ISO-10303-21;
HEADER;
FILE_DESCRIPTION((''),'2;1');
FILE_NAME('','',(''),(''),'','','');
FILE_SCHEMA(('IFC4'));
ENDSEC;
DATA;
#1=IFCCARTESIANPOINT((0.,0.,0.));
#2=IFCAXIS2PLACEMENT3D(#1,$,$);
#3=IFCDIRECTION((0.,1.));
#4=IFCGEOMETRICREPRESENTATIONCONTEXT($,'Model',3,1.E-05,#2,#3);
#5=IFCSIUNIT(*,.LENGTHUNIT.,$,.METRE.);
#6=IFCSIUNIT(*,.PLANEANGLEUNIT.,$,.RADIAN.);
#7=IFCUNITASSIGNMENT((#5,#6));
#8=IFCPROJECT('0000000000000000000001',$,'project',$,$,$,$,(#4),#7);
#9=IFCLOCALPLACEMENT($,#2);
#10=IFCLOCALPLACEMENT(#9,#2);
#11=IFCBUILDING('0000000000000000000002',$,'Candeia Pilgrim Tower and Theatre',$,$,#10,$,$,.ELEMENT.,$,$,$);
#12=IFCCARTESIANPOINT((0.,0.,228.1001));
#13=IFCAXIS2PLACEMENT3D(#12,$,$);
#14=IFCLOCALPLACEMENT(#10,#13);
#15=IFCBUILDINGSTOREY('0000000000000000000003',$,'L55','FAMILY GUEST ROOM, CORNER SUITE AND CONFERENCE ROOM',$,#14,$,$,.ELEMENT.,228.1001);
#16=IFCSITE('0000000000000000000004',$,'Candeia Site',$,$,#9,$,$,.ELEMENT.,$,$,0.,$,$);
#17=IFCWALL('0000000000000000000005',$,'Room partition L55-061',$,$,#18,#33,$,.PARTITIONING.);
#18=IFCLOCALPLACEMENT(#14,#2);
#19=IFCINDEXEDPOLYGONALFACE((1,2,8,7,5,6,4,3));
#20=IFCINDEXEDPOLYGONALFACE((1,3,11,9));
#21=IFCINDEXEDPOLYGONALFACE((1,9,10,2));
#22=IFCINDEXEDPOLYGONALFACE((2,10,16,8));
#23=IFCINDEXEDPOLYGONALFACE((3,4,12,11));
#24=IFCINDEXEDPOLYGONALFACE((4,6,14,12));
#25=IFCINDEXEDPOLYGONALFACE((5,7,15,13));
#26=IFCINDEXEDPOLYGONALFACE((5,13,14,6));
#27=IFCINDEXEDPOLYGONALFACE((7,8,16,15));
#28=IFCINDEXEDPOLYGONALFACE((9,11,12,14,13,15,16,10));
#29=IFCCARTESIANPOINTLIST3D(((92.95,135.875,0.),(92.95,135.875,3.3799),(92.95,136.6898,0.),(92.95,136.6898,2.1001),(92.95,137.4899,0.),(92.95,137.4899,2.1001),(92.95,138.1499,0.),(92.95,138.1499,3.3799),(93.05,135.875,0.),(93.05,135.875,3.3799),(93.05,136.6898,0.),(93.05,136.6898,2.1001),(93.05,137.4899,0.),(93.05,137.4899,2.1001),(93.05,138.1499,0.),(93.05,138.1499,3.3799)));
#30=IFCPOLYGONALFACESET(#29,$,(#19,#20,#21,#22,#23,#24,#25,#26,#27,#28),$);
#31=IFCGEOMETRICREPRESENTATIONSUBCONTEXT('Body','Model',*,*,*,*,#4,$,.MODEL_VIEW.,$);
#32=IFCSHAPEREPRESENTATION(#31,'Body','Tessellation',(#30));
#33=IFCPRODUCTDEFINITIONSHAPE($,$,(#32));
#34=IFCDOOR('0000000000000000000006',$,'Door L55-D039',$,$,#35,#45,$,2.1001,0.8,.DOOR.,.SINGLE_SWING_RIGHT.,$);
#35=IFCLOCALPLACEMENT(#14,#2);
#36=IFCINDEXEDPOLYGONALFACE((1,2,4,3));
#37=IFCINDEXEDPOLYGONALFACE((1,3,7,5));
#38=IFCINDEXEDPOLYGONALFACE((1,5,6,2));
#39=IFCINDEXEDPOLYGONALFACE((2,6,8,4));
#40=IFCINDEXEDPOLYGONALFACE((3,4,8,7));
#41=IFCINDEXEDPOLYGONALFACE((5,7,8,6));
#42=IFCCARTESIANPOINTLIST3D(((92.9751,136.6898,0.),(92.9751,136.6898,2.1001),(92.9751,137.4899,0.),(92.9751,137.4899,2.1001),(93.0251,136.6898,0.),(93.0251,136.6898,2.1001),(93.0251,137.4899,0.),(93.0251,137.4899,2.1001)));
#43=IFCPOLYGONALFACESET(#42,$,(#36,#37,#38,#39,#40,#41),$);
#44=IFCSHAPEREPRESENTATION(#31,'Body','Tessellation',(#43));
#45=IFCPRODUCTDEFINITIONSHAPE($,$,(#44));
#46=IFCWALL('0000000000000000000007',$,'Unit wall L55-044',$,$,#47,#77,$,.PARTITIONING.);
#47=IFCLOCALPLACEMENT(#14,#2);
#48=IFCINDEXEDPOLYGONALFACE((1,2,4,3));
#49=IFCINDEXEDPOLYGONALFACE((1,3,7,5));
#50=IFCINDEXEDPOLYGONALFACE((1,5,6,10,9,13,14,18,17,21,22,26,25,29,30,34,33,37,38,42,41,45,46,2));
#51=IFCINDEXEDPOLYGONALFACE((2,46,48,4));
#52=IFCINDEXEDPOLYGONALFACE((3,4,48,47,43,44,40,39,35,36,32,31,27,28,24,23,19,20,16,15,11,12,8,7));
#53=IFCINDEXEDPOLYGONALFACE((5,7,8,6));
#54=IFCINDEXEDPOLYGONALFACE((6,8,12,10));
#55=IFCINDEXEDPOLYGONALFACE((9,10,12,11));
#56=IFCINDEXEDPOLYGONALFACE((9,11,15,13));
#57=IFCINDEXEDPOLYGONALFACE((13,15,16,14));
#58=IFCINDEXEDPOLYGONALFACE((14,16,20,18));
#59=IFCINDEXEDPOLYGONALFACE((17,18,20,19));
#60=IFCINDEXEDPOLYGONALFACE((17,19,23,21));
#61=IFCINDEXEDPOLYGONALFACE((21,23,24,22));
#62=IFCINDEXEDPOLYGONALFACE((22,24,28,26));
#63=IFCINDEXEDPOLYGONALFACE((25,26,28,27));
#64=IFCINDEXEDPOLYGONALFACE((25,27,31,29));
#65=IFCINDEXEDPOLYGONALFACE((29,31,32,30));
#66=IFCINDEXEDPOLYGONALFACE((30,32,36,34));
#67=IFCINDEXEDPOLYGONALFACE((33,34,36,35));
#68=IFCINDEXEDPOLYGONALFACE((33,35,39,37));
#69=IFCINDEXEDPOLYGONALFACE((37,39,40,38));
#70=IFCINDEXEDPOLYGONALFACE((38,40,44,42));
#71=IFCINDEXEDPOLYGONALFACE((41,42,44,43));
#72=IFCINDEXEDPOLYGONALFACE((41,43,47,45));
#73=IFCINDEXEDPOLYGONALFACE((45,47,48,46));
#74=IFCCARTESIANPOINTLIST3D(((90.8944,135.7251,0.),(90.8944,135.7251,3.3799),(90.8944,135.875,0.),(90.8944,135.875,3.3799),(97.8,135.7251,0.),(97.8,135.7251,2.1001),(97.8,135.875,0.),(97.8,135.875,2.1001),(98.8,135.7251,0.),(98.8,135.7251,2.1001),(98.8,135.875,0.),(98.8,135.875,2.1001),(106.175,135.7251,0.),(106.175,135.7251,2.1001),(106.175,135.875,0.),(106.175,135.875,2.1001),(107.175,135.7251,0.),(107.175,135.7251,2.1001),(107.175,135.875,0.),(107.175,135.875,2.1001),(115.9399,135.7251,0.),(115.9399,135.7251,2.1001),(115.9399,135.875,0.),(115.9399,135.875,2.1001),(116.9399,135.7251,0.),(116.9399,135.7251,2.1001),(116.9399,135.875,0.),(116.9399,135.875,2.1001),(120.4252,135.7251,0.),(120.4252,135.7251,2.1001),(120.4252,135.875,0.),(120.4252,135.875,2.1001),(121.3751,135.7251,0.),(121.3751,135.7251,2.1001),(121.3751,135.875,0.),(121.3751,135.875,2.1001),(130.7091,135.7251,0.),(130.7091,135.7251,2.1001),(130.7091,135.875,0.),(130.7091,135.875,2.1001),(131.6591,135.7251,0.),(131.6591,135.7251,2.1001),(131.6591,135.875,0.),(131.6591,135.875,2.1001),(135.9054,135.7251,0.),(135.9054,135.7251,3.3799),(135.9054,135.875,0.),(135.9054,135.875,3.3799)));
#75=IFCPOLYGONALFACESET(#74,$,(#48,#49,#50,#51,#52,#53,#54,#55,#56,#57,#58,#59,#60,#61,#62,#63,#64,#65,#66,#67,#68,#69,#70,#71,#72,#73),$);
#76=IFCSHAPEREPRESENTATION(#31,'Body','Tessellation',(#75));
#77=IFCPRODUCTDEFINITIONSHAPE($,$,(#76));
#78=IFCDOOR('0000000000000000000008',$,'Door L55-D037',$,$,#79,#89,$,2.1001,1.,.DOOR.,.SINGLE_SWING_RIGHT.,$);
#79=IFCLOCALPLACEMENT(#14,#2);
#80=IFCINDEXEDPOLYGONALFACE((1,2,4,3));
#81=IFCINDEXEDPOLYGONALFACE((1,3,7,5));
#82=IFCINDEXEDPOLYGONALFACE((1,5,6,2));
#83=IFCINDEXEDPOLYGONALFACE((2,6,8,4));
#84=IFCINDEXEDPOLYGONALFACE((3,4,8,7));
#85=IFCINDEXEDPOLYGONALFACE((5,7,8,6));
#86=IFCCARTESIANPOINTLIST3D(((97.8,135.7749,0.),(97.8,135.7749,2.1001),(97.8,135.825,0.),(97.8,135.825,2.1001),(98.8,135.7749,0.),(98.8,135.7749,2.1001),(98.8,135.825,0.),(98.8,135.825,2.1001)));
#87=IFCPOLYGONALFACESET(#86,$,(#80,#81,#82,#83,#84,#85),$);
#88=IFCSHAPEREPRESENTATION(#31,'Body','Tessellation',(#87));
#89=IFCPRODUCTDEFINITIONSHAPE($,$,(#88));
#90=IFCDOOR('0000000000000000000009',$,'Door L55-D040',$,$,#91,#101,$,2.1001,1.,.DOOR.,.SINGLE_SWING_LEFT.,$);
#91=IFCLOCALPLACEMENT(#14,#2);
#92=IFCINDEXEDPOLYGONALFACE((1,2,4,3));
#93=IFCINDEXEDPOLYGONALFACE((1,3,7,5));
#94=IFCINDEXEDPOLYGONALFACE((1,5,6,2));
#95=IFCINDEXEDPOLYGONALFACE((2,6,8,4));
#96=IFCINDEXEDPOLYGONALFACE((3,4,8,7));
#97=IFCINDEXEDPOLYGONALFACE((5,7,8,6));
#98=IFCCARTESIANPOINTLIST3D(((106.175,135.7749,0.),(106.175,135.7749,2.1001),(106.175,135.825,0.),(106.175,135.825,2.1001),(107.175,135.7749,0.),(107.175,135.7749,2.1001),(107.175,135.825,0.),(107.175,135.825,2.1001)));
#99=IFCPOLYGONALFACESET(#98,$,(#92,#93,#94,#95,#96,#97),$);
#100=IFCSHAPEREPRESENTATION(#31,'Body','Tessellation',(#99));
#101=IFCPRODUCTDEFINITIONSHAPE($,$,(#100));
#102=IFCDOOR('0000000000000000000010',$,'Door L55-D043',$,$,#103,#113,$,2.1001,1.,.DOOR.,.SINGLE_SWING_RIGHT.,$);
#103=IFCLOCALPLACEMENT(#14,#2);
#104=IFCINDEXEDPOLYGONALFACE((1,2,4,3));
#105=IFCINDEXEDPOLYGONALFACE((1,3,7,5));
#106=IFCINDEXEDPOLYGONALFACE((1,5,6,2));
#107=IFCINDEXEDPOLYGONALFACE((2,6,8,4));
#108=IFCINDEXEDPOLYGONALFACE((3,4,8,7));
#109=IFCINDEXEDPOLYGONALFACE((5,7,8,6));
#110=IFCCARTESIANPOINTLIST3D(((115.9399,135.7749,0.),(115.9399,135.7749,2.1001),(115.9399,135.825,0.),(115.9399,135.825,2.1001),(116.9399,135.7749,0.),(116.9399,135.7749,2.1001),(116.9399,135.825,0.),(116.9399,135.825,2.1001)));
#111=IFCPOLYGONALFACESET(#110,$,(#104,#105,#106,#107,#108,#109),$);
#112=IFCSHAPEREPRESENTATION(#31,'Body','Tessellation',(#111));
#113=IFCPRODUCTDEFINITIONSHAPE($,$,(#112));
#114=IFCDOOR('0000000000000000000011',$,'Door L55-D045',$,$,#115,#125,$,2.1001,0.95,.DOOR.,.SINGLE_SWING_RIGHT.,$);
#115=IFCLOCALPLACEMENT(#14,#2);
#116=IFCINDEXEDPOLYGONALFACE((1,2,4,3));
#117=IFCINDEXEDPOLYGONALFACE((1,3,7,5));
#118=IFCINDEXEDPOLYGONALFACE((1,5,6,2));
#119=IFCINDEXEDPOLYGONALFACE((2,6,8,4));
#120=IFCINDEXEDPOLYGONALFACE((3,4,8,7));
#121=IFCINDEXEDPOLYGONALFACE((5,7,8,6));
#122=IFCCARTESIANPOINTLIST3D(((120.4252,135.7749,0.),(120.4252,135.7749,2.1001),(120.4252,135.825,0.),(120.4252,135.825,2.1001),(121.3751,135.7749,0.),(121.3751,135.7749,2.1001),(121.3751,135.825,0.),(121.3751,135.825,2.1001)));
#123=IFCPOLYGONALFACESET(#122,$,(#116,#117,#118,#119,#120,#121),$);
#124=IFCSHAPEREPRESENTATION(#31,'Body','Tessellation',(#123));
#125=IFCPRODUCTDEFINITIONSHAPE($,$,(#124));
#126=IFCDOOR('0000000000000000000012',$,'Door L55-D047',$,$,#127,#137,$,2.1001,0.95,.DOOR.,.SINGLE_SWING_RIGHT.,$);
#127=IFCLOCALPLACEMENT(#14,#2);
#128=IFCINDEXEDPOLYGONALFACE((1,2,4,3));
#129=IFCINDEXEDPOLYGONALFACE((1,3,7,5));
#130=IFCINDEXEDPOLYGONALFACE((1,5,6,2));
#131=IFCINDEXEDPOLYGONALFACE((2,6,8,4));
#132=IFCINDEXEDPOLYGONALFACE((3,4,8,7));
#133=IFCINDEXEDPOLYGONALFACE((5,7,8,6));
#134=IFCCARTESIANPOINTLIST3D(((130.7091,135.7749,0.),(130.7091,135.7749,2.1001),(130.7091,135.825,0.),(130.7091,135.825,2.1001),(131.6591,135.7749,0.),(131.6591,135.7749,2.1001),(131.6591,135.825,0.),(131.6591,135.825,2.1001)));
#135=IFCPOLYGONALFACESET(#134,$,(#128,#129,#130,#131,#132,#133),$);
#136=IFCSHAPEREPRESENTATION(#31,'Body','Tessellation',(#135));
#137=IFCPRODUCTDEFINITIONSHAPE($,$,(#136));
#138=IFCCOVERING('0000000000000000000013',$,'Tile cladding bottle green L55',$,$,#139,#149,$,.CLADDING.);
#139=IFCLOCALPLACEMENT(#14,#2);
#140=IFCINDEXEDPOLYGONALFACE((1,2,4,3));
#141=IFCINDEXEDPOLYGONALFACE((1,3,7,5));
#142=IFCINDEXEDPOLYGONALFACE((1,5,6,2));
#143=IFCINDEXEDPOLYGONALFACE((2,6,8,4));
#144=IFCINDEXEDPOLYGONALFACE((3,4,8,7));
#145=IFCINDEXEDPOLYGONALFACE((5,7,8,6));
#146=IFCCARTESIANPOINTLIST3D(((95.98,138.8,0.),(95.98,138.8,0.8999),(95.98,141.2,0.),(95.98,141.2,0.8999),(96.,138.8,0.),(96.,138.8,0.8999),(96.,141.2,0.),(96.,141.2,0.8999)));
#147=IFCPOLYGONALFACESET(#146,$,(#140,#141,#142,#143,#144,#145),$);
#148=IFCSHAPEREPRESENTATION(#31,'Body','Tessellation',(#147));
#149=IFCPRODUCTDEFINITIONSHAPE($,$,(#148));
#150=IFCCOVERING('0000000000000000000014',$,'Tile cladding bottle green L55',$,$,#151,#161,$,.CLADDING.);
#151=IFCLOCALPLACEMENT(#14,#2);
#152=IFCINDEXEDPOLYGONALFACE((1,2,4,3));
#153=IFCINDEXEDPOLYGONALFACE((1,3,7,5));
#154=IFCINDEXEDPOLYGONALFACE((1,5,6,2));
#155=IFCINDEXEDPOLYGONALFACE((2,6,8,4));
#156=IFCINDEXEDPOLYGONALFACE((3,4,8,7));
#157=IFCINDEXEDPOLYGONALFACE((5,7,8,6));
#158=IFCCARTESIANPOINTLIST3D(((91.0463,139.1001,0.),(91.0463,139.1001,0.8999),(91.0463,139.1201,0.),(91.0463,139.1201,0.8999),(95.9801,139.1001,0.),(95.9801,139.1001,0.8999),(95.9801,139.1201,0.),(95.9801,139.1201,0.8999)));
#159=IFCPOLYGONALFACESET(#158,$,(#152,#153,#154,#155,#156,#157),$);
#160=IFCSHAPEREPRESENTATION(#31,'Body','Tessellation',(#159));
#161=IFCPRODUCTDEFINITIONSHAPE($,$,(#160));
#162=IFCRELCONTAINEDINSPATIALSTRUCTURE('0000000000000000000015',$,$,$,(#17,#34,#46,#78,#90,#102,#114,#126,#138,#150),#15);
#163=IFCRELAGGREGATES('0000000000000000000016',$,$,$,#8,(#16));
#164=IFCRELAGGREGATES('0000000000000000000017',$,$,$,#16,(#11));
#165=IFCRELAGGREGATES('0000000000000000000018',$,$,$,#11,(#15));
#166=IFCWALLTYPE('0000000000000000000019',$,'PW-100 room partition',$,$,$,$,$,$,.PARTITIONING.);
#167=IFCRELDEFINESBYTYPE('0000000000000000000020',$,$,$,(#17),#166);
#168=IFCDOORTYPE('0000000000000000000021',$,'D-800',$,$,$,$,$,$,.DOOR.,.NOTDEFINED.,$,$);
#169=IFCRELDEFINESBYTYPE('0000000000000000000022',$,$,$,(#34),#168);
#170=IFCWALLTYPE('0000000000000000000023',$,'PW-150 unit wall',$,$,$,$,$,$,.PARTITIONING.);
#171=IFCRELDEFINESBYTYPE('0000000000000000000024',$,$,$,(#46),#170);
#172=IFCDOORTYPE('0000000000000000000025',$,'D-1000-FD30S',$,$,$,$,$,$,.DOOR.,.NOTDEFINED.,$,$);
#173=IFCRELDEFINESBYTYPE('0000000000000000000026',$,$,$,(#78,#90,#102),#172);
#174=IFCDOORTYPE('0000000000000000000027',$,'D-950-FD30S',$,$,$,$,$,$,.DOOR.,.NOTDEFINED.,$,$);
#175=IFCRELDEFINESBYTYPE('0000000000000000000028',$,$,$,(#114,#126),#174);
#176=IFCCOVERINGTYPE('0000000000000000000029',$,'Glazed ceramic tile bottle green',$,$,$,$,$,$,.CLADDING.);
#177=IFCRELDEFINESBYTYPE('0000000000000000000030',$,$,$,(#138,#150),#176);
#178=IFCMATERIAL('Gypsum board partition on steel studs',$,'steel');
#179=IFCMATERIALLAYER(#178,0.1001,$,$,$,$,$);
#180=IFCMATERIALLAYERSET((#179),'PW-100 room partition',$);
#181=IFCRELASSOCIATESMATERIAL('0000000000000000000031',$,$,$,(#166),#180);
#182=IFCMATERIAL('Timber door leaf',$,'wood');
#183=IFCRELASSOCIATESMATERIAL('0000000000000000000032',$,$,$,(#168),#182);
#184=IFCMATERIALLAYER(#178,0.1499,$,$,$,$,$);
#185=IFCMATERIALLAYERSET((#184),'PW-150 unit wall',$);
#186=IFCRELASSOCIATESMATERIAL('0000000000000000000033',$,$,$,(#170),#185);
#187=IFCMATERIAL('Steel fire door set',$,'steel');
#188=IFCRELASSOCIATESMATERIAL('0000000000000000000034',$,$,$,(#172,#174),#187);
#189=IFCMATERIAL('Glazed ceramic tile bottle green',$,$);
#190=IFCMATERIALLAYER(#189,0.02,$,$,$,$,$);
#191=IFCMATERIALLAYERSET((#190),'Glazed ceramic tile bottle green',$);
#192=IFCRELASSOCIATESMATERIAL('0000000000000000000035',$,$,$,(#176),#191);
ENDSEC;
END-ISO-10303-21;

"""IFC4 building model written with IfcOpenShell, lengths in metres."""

from ifc_helpers import new_model, si_unit, direction, frame, frame_2d, origin, origin_2d, place, context, subcontext, project, spatial, rectangle, extrude, material, layer, layer_set, type_object, element, fill, save


model = new_model("IFC4")

# Units and contexts
model_context = context("Model", 3, precision=1e-05, world=origin(), true_north=direction((0.0, 1.0)))
body_context = subcontext(model_context, "Body", "Model", "MODEL_VIEW")
ifc_project = project(units=[si_unit("LENGTHUNIT", "METRE"), si_unit("PLANEANGLEUNIT", "RADIAN")], contexts=[model_context])

# Site, building, storey
site_placement = place(None, origin())
site = spatial("IfcSite", under=ifc_project, at=site_placement, Name="Candeia Site", CompositionType="ELEMENT", RefElevation=0.0)
building_placement = place(site_placement, origin())
building = spatial("IfcBuilding", under=site, at=building_placement, Name="Candeia Pilgrim Tower and Theatre", CompositionType="ELEMENT")
storey_placement = place(building_placement, frame((0.0, 0.0, 228.1001)))
storey = spatial("IfcBuildingStorey", under=building, at=storey_placement, Name="L55", Description="FAMILY GUEST ROOM, CORNER SUITE AND CONFERENCE ROOM", CompositionType="ELEMENT", Elevation=228.1001)

# Shared definitions
ifc_material_1 = material(Name="Gypsum board partition on steel studs", Category="steel")
ifc_layer_1 = layer(ifc_material_1, 0.1001)
ifc_layer_set_1 = layer_set([ifc_layer_1], Name="PW-100 room partition")
wall_type_1 = type_object("IfcWallType", Name="PW-100 room partition", PredefinedType="PARTITIONING", material=ifc_layer_set_1)

# Wall, opening, door
wall_1_placement = place(storey_placement, frame((93.0, 135.875, 0.0), z_axis=(0.0, 0.0, 1.0), x_axis=(0.0, 1.0, 0.0)))
wall_1 = element("IfcWall", 1, at=wall_1_placement, inside=storey, type_object=wall_type_1, Name="Room partition L55-061", PredefinedType="PARTITIONING", context=body_context, shape_type="SweptSolid", body=[
    extrude(rectangle(XDim=2.2749, YDim=0.1001, at=frame_2d((1.1375, 0.0))), origin(), (0.0, 0.0, 1.0), 3.3799),
])
opening_1_placement = place(wall_1_placement, frame((0.8149, 0.0, 0.0)))
opening_1 = element("IfcOpeningElement", 2, at=opening_1_placement, cuts=wall_1, PredefinedType="OPENING", context=body_context, shape_type="SweptSolid", body=[
    extrude(rectangle(XDim=0.8, YDim=2.1001, at=frame_2d((0.3999, 1.05))), frame((0.0, 0.0601, 0.0), z_axis=(0.0, -1.0, 0.0), x_axis=(1.0, 0.0, 0.0)), (0.0, 0.0, 1.0), 0.1201),
])
ifc_material_2 = material(Name="Timber door leaf", Category="wood")
door_type_1 = type_object("IfcDoorType", Name="D-800", OperationType="NOTDEFINED", PredefinedType="DOOR", material=ifc_material_2)
door_1_placement = place(opening_1_placement, origin())
door_1 = element("IfcDoor", 3, at=door_1_placement, inside=storey, type_object=door_type_1, Name="Door L55-D039", OperationType="SINGLE_SWING_RIGHT", OverallHeight=2.1001, OverallWidth=0.8, PredefinedType="DOOR", context=body_context, shape_type="SweptSolid", body=[
    extrude(rectangle(XDim=0.8, YDim=2.1001, at=frame_2d((0.3999, 1.05))), frame((0.0, 0.0249, 0.0), z_axis=(0.0, -1.0, 0.0), x_axis=(1.0, 0.0, 0.0)), (0.0, 0.0, 1.0), 0.05),
])
fill(opening_1, door_1)

# Wall, openings, doors
ifc_layer_2 = layer(ifc_material_1, 0.1499)
ifc_layer_set_2 = layer_set([ifc_layer_2], Name="PW-150 unit wall")
wall_type_2 = type_object("IfcWallType", Name="PW-150 unit wall", PredefinedType="PARTITIONING", material=ifc_layer_set_2)
wall_2_placement = place(storey_placement, frame((90.8945, 135.8, 0.0), z_axis=(0.0, 0.0, 1.0), x_axis=(1.0, 0.0, 0.0)))
wall_2 = element("IfcWall", 4, at=wall_2_placement, inside=storey, type_object=wall_type_2, Name="Unit wall L55-044", PredefinedType="PARTITIONING", context=body_context, shape_type="SweptSolid", body=[
    extrude(rectangle(XDim=45.011, YDim=0.1499, at=frame_2d((22.5054, 0.0))), origin(), (0.0, 0.0, 1.0), 3.3799),
])
opening_2_placement = place(wall_2_placement, frame((6.9055, 0.0, 0.0)))
opening_2 = element("IfcOpeningElement", 5, at=opening_2_placement, cuts=wall_2, PredefinedType="OPENING", context=body_context, shape_type="SweptSolid", body=[
    extrude(rectangle(XDim=1.0, YDim=2.1001, at=frame_2d((0.5, 1.05))), frame((0.0, 0.085, 0.0), z_axis=(0.0, -1.0, 0.0), x_axis=(1.0, 0.0, 0.0)), (0.0, 0.0, 1.0), 0.1699),
])
opening_3_placement = place(wall_2_placement, frame((15.2805, 0.0, 0.0)))
opening_3 = element("IfcOpeningElement", 6, at=opening_3_placement, cuts=wall_2, PredefinedType="OPENING", context=body_context, shape_type="SweptSolid", body=[
    extrude(rectangle(XDim=1.0, YDim=2.1001, at=frame_2d((0.5, 1.05))), frame((0.0, 0.085, 0.0), z_axis=(0.0, -1.0, 0.0), x_axis=(1.0, 0.0, 0.0)), (0.0, 0.0, 1.0), 0.1699),
])
opening_4_placement = place(wall_2_placement, frame((25.0454, 0.0, 0.0)))
opening_4 = element("IfcOpeningElement", 7, at=opening_4_placement, cuts=wall_2, PredefinedType="OPENING", context=body_context, shape_type="SweptSolid", body=[
    extrude(rectangle(XDim=1.0, YDim=2.1001, at=frame_2d((0.5, 1.05))), frame((0.0, 0.085, 0.0), z_axis=(0.0, -1.0, 0.0), x_axis=(1.0, 0.0, 0.0)), (0.0, 0.0, 1.0), 0.1699),
])
opening_5_placement = place(wall_2_placement, frame((29.5305, 0.0, 0.0)))
opening_5 = element("IfcOpeningElement", 8, at=opening_5_placement, cuts=wall_2, PredefinedType="OPENING", context=body_context, shape_type="SweptSolid", body=[
    extrude(rectangle(XDim=0.95, YDim=2.1001, at=frame_2d((0.4751, 1.05))), frame((0.0, 0.085, 0.0), z_axis=(0.0, -1.0, 0.0), x_axis=(1.0, 0.0, 0.0)), (0.0, 0.0, 1.0), 0.1699),
])
opening_6_placement = place(wall_2_placement, frame((39.8145, 0.0, 0.0)))
opening_6 = element("IfcOpeningElement", 9, at=opening_6_placement, cuts=wall_2, PredefinedType="OPENING", context=body_context, shape_type="SweptSolid", body=[
    extrude(rectangle(XDim=0.95, YDim=2.1001, at=frame_2d((0.4751, 1.05))), frame((0.0, 0.085, 0.0), z_axis=(0.0, -1.0, 0.0), x_axis=(1.0, 0.0, 0.0)), (0.0, 0.0, 1.0), 0.1699),
])
ifc_material_3 = material(Name="Steel fire door set", Category="steel")
door_type_2 = type_object("IfcDoorType", Name="D-1000-FD30S", OperationType="NOTDEFINED", PredefinedType="DOOR", material=ifc_material_3)
door_2_placement = place(opening_2_placement, origin())
door_2 = element("IfcDoor", 10, at=door_2_placement, inside=storey, type_object=door_type_2, Name="Door L55-D037", OperationType="SINGLE_SWING_RIGHT", OverallHeight=2.1001, OverallWidth=1.0, PredefinedType="DOOR", context=body_context, shape_type="SweptSolid", body=[
    extrude(rectangle(XDim=1.0, YDim=2.1001, at=frame_2d((0.5, 1.05))), frame((0.0, 0.0249, 0.0), z_axis=(0.0, -1.0, 0.0), x_axis=(1.0, 0.0, 0.0)), (0.0, 0.0, 1.0), 0.05),
])
fill(opening_2, door_2)
door_3_placement = place(opening_3_placement, origin())
door_3 = element("IfcDoor", 11, at=door_3_placement, inside=storey, type_object=door_type_2, Name="Door L55-D040", OperationType="SINGLE_SWING_LEFT", OverallHeight=2.1001, OverallWidth=1.0, PredefinedType="DOOR", context=body_context, shape_type="SweptSolid", body=[
    extrude(rectangle(XDim=1.0, YDim=2.1001, at=frame_2d((0.5, 1.05))), frame((0.0, 0.0249, 0.0), z_axis=(0.0, -1.0, 0.0), x_axis=(1.0, 0.0, 0.0)), (0.0, 0.0, 1.0), 0.05),
])
fill(opening_3, door_3)
door_4_placement = place(opening_4_placement, origin())
door_4 = element("IfcDoor", 12, at=door_4_placement, inside=storey, type_object=door_type_2, Name="Door L55-D043", OperationType="SINGLE_SWING_RIGHT", OverallHeight=2.1001, OverallWidth=1.0, PredefinedType="DOOR", context=body_context, shape_type="SweptSolid", body=[
    extrude(rectangle(XDim=1.0, YDim=2.1001, at=frame_2d((0.5, 1.05))), frame((0.0, 0.0249, 0.0), z_axis=(0.0, -1.0, 0.0), x_axis=(1.0, 0.0, 0.0)), (0.0, 0.0, 1.0), 0.05),
])
fill(opening_4, door_4)
door_type_3 = type_object("IfcDoorType", Name="D-950-FD30S", OperationType="NOTDEFINED", PredefinedType="DOOR", material=ifc_material_3)
door_5_placement = place(opening_5_placement, origin())
door_5 = element("IfcDoor", 13, at=door_5_placement, inside=storey, type_object=door_type_3, Name="Door L55-D045", OperationType="SINGLE_SWING_RIGHT", OverallHeight=2.1001, OverallWidth=0.95, PredefinedType="DOOR", context=body_context, shape_type="SweptSolid", body=[
    extrude(rectangle(XDim=0.95, YDim=2.1001, at=frame_2d((0.4751, 1.05))), frame((0.0, 0.0249, 0.0), z_axis=(0.0, -1.0, 0.0), x_axis=(1.0, 0.0, 0.0)), (0.0, 0.0, 1.0), 0.05),
])
fill(opening_5, door_5)
door_6_placement = place(opening_6_placement, origin())
door_6 = element("IfcDoor", 14, at=door_6_placement, inside=storey, type_object=door_type_3, Name="Door L55-D047", OperationType="SINGLE_SWING_RIGHT", OverallHeight=2.1001, OverallWidth=0.95, PredefinedType="DOOR", context=body_context, shape_type="SweptSolid", body=[
    extrude(rectangle(XDim=0.95, YDim=2.1001, at=frame_2d((0.4751, 1.05))), frame((0.0, 0.0249, 0.0), z_axis=(0.0, -1.0, 0.0), x_axis=(1.0, 0.0, 0.0)), (0.0, 0.0, 1.0), 0.05),
])
fill(opening_6, door_6)

# Coverings
ifc_material_4 = material(Name="Glazed ceramic tile bottle green")
ifc_layer_3 = layer(ifc_material_4, 0.02)
ifc_layer_set_3 = layer_set([ifc_layer_3], Name="Glazed ceramic tile bottle green")
covering_type_1 = type_object("IfcCoveringType", Name="Glazed ceramic tile bottle green", PredefinedType="CLADDING", material=ifc_layer_set_3)
covering_1_placement = place(storey_placement, frame((95.99, 140.0, 0.0), z_axis=(0.0, 0.0, 1.0), x_axis=(0.0, -1.0, 0.0)))
element("IfcCovering", 15, at=covering_1_placement, inside=storey, type_object=covering_type_1, Name="Tile cladding bottle green L55", PredefinedType="CLADDING", context=body_context, shape_type="SweptSolid", body=[
    extrude(rectangle(XDim=2.3999, YDim=0.02, at=origin_2d()), origin(), (0.0, 0.0, 1.0), 0.8999),
])
covering_2_placement = place(storey_placement, frame((93.5132, 139.1101, 0.0), z_axis=(0.0, 0.0, 1.0), x_axis=(-1.0, 0.0, 0.0)))
element("IfcCovering", 16, at=covering_2_placement, inside=storey, type_object=covering_type_1, Name="Tile cladding bottle green L55", PredefinedType="CLADDING", context=body_context, shape_type="SweptSolid", body=[
    extrude(rectangle(XDim=4.9338, YDim=0.02, at=origin_2d()), origin(), (0.0, 0.0, 1.0), 0.8999),
])

save(model, "model.ifc")
